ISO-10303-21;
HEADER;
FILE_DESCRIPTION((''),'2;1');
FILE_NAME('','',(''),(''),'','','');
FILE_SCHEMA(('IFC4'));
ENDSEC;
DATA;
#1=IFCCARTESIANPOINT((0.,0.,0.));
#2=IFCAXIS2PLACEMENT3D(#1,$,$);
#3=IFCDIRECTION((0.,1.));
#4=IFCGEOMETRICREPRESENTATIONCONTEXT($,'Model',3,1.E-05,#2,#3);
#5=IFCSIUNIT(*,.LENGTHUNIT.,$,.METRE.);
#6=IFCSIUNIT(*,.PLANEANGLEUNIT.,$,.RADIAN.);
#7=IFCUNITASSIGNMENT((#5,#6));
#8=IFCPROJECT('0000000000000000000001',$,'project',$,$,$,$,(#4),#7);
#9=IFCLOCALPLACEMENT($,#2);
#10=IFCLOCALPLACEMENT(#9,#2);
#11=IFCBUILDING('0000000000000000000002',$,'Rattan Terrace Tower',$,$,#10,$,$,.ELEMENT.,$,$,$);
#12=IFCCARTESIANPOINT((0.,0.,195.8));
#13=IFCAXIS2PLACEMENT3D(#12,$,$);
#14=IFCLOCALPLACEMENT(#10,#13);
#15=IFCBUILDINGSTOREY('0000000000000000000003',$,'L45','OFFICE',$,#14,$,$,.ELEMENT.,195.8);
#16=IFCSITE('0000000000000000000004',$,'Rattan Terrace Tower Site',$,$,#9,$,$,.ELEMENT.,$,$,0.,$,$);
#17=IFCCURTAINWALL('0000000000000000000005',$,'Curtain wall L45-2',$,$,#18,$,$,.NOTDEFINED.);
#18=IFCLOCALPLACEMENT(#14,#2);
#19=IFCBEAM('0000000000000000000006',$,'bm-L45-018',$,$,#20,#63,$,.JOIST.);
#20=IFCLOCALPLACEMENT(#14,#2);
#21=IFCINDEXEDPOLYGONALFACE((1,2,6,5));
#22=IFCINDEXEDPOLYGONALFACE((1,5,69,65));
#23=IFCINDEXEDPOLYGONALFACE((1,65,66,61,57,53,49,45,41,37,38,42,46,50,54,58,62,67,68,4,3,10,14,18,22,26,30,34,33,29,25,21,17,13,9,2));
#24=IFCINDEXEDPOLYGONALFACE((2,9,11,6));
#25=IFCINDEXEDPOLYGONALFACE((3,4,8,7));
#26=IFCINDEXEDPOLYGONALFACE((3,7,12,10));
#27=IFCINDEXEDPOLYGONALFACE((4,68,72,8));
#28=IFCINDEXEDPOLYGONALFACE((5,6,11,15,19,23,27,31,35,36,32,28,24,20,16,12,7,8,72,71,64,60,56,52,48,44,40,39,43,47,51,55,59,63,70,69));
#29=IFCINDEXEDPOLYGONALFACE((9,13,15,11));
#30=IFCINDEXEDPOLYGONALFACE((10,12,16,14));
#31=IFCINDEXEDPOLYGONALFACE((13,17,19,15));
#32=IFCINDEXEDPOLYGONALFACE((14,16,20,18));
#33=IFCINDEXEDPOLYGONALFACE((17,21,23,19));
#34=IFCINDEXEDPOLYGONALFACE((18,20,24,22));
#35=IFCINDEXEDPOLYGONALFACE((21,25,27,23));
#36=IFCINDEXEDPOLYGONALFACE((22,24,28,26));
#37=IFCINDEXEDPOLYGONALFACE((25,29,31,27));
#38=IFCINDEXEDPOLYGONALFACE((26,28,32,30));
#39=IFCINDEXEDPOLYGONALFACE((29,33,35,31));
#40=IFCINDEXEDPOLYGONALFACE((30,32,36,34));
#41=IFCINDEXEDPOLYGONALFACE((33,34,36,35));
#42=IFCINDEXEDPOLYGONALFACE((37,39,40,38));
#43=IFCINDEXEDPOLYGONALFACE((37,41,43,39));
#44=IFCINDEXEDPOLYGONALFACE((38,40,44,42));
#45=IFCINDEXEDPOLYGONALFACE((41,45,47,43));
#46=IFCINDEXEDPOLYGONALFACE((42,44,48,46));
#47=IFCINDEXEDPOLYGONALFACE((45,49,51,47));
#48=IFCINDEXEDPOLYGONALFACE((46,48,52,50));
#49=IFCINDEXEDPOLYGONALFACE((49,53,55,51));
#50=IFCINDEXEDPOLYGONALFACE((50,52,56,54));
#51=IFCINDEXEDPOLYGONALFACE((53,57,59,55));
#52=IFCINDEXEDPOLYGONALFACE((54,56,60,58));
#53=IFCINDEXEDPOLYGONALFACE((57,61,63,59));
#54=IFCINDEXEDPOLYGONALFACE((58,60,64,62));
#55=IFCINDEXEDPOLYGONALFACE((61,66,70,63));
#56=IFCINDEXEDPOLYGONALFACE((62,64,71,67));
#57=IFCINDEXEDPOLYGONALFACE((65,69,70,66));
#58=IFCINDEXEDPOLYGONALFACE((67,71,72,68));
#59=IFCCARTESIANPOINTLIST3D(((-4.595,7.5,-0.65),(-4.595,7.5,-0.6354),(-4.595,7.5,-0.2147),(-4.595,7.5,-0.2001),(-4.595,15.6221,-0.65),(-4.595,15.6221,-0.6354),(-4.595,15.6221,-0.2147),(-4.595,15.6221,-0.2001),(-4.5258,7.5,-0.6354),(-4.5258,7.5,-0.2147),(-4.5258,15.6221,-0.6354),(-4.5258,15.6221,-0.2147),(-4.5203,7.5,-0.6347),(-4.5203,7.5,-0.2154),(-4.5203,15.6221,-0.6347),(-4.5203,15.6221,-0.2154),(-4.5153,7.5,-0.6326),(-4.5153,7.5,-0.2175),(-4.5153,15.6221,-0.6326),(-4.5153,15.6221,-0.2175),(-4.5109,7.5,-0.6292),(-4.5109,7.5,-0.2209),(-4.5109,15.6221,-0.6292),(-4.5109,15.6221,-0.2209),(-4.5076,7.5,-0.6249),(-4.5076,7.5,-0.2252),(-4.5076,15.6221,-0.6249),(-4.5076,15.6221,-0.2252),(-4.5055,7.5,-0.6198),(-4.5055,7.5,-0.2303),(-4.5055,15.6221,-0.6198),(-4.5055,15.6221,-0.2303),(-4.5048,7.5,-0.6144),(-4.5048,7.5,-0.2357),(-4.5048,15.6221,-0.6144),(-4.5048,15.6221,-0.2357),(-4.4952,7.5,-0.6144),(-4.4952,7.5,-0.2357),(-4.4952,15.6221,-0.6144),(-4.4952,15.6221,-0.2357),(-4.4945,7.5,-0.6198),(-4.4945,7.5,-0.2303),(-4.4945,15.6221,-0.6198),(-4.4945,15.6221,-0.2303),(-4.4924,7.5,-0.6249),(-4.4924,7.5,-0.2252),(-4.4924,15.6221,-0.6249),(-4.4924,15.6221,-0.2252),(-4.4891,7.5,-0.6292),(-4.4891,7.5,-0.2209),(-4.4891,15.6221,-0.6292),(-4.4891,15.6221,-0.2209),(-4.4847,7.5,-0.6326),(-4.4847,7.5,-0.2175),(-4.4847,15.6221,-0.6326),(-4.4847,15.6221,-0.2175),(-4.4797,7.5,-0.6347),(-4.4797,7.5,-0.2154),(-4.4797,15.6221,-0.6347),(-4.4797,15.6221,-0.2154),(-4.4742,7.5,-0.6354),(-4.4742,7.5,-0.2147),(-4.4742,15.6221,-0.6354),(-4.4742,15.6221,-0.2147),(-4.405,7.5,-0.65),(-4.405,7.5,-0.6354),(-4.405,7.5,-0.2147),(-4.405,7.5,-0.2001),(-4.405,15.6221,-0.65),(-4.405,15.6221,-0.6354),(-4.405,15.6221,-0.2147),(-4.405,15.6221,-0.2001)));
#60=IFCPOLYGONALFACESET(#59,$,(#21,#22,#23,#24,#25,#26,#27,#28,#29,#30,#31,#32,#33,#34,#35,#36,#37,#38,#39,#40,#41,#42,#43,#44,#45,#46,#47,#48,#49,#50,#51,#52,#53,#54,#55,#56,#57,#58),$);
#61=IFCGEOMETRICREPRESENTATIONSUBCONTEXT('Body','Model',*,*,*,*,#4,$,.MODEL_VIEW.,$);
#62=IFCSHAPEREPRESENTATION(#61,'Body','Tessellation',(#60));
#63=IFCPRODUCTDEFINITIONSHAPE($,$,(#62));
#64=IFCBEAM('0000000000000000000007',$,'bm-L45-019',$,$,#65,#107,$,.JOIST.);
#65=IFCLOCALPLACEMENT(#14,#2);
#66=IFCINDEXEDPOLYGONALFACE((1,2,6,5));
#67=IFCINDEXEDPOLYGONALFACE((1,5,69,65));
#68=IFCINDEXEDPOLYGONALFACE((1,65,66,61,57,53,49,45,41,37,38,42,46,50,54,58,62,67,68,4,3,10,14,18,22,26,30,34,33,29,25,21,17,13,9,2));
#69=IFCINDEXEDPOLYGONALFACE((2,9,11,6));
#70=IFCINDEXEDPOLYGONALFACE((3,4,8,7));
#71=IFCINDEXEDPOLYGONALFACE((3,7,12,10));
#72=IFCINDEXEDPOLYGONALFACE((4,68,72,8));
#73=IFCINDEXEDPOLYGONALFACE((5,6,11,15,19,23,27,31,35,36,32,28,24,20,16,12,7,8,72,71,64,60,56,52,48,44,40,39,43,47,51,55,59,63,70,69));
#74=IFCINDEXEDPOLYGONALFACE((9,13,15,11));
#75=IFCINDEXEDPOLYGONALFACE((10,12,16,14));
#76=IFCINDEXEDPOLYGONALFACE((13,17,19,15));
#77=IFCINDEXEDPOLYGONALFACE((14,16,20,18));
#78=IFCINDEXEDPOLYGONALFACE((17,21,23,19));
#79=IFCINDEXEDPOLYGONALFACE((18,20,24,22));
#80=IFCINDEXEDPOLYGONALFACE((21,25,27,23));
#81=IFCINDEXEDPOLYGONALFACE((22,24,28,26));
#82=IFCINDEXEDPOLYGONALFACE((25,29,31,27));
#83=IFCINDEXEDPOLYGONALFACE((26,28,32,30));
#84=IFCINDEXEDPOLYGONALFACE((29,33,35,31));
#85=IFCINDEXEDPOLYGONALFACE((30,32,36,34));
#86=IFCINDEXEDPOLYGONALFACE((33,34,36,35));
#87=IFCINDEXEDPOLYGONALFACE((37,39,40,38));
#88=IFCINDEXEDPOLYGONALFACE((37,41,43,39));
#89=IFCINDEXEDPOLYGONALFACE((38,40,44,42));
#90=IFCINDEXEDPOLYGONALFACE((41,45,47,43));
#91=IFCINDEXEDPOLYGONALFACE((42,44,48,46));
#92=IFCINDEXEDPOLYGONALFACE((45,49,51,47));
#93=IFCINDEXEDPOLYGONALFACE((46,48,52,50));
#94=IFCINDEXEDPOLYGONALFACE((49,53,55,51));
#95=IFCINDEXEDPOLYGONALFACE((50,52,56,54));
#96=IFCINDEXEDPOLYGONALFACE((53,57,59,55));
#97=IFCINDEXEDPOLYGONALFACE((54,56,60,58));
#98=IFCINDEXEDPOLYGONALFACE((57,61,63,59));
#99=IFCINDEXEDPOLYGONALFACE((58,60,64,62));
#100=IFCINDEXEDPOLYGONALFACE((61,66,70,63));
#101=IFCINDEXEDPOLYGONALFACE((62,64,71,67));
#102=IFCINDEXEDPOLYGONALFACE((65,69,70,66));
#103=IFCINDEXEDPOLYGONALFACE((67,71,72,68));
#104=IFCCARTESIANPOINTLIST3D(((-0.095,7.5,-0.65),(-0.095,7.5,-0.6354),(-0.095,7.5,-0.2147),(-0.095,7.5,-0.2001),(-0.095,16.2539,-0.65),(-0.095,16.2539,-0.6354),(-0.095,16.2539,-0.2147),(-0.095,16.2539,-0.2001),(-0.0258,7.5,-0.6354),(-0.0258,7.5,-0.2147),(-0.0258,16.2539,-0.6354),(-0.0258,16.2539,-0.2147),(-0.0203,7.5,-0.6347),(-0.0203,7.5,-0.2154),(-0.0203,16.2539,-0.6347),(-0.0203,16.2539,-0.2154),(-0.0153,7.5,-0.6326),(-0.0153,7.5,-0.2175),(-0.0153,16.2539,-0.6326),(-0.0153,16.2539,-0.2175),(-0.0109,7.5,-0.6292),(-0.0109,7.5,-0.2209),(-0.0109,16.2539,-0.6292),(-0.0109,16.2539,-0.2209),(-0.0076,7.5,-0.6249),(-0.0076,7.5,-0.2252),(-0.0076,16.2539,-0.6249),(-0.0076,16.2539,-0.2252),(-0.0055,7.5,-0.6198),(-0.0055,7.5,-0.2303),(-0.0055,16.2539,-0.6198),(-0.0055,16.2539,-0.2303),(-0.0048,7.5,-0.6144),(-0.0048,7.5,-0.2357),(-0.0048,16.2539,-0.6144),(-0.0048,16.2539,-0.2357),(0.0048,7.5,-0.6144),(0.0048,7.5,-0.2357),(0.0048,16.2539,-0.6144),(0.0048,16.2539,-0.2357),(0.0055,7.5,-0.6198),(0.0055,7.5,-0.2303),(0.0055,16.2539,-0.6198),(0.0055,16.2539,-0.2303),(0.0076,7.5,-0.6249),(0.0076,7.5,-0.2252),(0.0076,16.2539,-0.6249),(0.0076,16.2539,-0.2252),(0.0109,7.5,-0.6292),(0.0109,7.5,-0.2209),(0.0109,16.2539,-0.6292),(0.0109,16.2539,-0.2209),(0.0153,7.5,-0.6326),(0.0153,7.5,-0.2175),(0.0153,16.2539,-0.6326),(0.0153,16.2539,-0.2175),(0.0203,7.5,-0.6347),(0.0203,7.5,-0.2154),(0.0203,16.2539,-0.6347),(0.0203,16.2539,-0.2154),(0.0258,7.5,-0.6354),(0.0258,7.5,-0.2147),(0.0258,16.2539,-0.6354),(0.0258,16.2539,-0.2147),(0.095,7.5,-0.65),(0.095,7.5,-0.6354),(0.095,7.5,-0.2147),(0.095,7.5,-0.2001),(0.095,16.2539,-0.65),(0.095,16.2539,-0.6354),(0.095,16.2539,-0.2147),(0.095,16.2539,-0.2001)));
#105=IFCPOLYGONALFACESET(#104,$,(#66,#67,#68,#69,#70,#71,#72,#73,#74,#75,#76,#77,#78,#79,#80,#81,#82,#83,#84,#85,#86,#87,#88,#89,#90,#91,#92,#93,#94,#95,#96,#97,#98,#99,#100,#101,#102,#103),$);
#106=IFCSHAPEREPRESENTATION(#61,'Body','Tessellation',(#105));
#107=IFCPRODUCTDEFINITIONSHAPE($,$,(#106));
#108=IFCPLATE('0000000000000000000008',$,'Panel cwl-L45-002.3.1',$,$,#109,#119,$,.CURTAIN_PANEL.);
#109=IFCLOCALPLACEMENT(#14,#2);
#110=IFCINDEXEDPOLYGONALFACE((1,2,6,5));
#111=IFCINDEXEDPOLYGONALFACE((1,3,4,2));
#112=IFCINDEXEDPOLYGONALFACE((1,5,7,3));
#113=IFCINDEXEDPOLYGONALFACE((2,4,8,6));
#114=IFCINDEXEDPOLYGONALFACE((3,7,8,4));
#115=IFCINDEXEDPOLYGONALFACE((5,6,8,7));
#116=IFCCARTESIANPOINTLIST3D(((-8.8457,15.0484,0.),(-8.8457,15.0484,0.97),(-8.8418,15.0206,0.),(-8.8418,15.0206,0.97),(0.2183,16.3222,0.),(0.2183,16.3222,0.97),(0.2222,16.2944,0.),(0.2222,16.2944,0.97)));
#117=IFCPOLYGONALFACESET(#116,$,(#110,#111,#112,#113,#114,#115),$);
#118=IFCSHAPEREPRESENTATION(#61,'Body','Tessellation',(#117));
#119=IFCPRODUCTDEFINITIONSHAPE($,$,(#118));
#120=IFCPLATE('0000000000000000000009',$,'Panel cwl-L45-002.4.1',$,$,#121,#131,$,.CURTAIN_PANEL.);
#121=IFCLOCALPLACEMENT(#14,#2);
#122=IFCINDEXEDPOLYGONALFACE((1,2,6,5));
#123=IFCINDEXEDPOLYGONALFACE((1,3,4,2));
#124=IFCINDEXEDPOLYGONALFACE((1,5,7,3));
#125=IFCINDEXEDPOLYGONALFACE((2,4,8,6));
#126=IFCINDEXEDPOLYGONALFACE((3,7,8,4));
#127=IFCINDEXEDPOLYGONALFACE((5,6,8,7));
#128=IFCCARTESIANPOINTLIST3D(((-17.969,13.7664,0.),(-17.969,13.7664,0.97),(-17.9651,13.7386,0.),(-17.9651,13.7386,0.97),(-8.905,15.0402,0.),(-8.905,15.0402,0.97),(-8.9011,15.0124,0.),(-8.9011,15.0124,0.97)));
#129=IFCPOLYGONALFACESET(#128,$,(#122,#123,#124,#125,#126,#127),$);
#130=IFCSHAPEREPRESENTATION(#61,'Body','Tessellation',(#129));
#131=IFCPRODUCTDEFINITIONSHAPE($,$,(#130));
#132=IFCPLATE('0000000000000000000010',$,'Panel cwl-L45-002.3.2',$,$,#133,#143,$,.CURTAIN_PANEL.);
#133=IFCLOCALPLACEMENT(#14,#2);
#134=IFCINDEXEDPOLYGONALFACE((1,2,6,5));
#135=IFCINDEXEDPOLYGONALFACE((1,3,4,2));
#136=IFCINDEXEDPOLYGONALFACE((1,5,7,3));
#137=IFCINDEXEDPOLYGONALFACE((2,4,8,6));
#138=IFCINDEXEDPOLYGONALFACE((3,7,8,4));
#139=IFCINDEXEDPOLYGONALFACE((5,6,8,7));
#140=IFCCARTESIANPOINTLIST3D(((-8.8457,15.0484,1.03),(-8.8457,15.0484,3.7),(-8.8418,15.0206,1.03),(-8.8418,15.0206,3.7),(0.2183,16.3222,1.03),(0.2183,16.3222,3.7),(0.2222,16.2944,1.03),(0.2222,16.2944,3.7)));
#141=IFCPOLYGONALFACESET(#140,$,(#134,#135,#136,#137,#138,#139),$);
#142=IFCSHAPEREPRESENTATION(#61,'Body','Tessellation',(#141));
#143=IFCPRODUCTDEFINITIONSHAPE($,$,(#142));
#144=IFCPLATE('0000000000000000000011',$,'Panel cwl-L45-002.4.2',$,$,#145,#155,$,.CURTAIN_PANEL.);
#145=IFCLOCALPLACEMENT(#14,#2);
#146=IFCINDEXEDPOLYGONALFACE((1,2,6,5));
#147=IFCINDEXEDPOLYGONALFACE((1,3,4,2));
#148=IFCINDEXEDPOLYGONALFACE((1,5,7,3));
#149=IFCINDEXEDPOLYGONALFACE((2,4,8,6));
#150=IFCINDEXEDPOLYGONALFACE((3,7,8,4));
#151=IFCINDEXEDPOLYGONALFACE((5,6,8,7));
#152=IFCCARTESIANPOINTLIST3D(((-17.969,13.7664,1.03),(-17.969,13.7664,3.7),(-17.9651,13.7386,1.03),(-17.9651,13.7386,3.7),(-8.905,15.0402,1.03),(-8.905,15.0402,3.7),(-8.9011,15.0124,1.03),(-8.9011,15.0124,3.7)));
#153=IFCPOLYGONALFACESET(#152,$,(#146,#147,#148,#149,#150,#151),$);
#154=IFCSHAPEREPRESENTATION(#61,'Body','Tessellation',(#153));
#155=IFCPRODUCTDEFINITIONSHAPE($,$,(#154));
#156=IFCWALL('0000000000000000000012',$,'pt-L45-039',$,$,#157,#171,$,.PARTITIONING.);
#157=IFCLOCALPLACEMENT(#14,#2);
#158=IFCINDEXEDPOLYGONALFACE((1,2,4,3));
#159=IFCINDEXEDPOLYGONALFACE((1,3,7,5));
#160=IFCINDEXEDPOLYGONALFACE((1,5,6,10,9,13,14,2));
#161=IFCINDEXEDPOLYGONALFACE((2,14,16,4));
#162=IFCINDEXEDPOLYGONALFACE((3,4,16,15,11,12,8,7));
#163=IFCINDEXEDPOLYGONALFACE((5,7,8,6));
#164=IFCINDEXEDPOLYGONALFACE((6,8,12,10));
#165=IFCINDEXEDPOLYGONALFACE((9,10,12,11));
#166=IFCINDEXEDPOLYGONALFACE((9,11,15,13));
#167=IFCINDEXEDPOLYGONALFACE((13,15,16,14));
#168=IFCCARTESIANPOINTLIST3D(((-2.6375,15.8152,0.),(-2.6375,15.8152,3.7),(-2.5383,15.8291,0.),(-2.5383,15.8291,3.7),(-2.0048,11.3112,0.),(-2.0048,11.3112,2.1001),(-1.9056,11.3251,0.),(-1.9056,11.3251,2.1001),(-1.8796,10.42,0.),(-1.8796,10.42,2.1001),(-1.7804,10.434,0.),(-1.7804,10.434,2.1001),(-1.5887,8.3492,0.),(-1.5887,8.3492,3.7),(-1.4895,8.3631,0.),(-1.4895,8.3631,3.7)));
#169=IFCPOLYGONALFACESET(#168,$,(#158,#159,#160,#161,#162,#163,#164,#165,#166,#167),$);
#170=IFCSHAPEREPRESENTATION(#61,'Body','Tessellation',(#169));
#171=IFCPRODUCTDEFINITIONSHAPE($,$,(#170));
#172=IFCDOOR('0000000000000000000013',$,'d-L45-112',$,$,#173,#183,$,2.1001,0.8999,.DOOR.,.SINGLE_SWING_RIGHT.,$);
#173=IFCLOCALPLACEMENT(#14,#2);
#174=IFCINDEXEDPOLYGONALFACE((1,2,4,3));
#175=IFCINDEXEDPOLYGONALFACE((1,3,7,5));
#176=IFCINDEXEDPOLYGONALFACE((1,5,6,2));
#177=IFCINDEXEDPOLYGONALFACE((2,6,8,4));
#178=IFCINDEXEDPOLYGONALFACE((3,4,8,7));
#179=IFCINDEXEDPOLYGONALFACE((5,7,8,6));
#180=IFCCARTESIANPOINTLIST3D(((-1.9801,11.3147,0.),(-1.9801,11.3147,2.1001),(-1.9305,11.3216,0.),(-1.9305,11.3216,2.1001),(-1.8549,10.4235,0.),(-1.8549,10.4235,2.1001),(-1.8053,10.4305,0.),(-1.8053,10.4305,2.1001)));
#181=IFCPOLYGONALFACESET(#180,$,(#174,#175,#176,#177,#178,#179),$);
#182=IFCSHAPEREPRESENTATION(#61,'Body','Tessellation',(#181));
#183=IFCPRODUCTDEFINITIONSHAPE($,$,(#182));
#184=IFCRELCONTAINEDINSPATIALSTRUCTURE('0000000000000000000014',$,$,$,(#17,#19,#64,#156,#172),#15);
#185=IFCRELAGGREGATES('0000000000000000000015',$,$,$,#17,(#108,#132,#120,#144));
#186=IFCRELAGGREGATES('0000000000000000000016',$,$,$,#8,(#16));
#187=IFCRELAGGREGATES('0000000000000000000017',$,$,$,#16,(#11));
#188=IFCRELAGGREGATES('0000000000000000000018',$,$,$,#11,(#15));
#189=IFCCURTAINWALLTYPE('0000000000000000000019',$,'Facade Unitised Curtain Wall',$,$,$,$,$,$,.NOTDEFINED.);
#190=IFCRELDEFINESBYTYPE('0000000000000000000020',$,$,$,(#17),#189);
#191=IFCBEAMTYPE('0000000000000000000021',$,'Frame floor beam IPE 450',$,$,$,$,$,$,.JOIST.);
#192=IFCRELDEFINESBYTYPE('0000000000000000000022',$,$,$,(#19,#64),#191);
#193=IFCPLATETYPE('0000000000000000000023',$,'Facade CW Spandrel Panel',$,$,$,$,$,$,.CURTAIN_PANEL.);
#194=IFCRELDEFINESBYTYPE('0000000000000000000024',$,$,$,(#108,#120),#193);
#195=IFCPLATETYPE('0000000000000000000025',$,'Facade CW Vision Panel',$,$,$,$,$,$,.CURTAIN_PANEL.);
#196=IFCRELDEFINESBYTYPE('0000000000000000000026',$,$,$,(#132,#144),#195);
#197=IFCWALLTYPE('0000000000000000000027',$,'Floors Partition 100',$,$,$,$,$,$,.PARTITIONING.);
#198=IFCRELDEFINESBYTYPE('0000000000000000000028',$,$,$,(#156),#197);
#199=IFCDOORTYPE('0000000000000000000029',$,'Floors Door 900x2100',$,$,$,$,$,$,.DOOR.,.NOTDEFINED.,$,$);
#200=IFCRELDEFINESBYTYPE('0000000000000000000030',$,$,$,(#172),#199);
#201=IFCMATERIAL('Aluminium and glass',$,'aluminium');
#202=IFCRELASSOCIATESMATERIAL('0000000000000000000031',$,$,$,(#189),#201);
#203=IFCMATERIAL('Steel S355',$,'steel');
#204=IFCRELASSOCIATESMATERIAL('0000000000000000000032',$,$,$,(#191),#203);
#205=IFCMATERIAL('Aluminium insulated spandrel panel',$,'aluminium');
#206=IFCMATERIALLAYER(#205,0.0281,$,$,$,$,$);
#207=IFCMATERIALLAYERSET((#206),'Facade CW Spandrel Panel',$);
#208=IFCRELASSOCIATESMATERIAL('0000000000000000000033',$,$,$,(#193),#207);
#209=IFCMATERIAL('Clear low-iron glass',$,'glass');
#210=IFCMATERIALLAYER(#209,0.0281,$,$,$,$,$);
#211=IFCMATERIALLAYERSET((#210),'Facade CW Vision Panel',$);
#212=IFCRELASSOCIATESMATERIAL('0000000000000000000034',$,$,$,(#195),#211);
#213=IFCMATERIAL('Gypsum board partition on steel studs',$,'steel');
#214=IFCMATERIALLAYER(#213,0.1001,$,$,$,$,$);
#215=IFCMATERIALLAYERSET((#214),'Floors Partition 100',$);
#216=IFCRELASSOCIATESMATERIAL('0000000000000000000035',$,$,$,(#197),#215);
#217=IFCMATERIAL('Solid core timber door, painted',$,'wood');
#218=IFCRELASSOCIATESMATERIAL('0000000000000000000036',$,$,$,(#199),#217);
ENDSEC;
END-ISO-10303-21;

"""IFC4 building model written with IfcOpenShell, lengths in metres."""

from ifc_helpers import new_model, si_unit, direction, frame, frame_2d, origin, origin_2d, place, context, subcontext, project, spatial, rectangle, i_section, extrude, material, layer, layer_set, material_profile, profile_set, type_object, element, fill, aggregate, save


model = new_model("IFC4")

# Units and contexts
model_context = context("Model", 3, precision=1e-05, world=origin(), true_north=direction((0.0, 1.0)))
body_context = subcontext(model_context, "Body", "Model", "MODEL_VIEW")
ifc_project = project(units=[si_unit("LENGTHUNIT", "METRE"), si_unit("PLANEANGLEUNIT", "RADIAN")], contexts=[model_context])

# Site, building, storey
site_placement = place(None, origin())
site = spatial("IfcSite", under=ifc_project, at=site_placement, Name="Rattan Terrace Tower Site", CompositionType="ELEMENT", RefElevation=0.0)
building_placement = place(site_placement, origin())
building = spatial("IfcBuilding", under=site, at=building_placement, Name="Rattan Terrace Tower", CompositionType="ELEMENT")
storey_placement = place(building_placement, frame((0.0, 0.0, 195.8)))
storey = spatial("IfcBuildingStorey", under=building, at=storey_placement, Name="L45", Description="OFFICE", CompositionType="ELEMENT", Elevation=195.8)

# Curtain wall
ifc_material_1 = material(Name="Aluminium and glass", Category="aluminium")
curtain_wall_type = type_object("IfcCurtainWallType", Name="Facade Unitised Curtain Wall", PredefinedType="NOTDEFINED", material=ifc_material_1)
curtain_wall_placement = place(storey_placement, origin())
curtain_wall = element("IfcCurtainWall", 1, at=curtain_wall_placement, inside=storey, type_object=curtain_wall_type, Name="Curtain wall L45-2", PredefinedType="NOTDEFINED")

# Beams
ifc_material_2 = material(Name="Steel S355", Category="steel")
ifc_material_profile_1 = material_profile(ifc_material_2, i_section(OverallWidth=0.1899, OverallDepth=0.45, WebThickness=0.0095, FlangeThickness=0.0146, FilletRadius=0.021, at=origin_2d()), Name="IPE 450")
ifc_profile_set_1 = profile_set([ifc_material_profile_1], Name="Steel S355")
beam_type_1 = type_object("IfcBeamType", Name="Frame floor beam IPE 450", PredefinedType="JOIST", material=ifc_profile_set_1)
beam_1_placement = place(storey_placement, frame((-4.5, 7.5, -0.425), z_axis=(0.0, 1.0, 0.0), x_axis=(-1.0, 0.0, 0.0)))
element("IfcBeam", 2, at=beam_1_placement, inside=storey, type_object=beam_type_1, Name="bm-L45-018", PredefinedType="JOIST", context=body_context, shape_type="SweptSolid", body=[
    extrude(i_section(OverallWidth=0.1899, OverallDepth=0.45, WebThickness=0.0095, FlangeThickness=0.0146, FilletRadius=0.021, at=origin_2d()), origin(), (0.0, 0.0, 1.0), 8.1221),
])
beam_2_placement = place(storey_placement, frame((0.0, 7.5, -0.425), z_axis=(0.0, 1.0, 0.0), x_axis=(-1.0, 0.0, 0.0)))
element("IfcBeam", 3, at=beam_2_placement, inside=storey, type_object=beam_type_1, Name="bm-L45-019", PredefinedType="JOIST", context=body_context, shape_type="SweptSolid", body=[
    extrude(i_section(OverallWidth=0.1899, OverallDepth=0.45, WebThickness=0.0095, FlangeThickness=0.0146, FilletRadius=0.021, at=origin_2d()), origin(), (0.0, 0.0, 1.0), 8.7539),
])

# Plates
ifc_material_3 = material(Name="Aluminium insulated spandrel panel", Category="aluminium")
ifc_layer_1 = layer(ifc_material_3, 0.0281)
ifc_layer_set_1 = layer_set([ifc_layer_1], Name="Facade CW Spandrel Panel")
plate_type_1 = type_object("IfcPlateType", Name="Facade CW Spandrel Panel", PredefinedType="CURTAIN_PANEL", material=ifc_layer_set_1)
plate_1_placement = place(storey_placement, frame((-4.3118, 15.6714, 0.0), z_axis=(0.0, 0.0, 1.0), x_axis=(-0.99027, -0.139161, 0.0)))
plate_1 = element("IfcPlate", 4, at=plate_1_placement, type_object=plate_type_1, Name="Panel cwl-L45-002.3.1", PredefinedType="CURTAIN_PANEL", context=body_context, shape_type="SweptSolid", body=[
    extrude(rectangle(XDim=9.1531, YDim=0.0281, at=origin_2d()), origin(), (0.0, 0.0, 1.0), 0.97),
])
plate_2_placement = place(storey_placement, frame((-13.4351, 14.3894, 0.0), z_axis=(0.0, 0.0, 1.0), x_axis=(-0.99027, -0.139161, 0.0)))
plate_2 = element("IfcPlate", 5, at=plate_2_placement, type_object=plate_type_1, Name="Panel cwl-L45-002.4.1", PredefinedType="CURTAIN_PANEL", context=body_context, shape_type="SweptSolid", body=[
    extrude(rectangle(XDim=9.1531, YDim=0.0281, at=origin_2d()), origin(), (0.0, 0.0, 1.0), 0.97),
])
ifc_material_4 = material(Name="Clear low-iron glass", Category="glass")
ifc_layer_2 = layer(ifc_material_4, 0.0281)
ifc_layer_set_2 = layer_set([ifc_layer_2], Name="Facade CW Vision Panel")
plate_type_2 = type_object("IfcPlateType", Name="Facade CW Vision Panel", PredefinedType="CURTAIN_PANEL", material=ifc_layer_set_2)
plate_3_placement = place(storey_placement, frame((-4.3118, 15.6714, 1.03), z_axis=(0.0, 0.0, 1.0), x_axis=(-0.99027, -0.139161, 0.0)))
plate_3 = element("IfcPlate", 6, at=plate_3_placement, type_object=plate_type_2, Name="Panel cwl-L45-002.3.2", PredefinedType="CURTAIN_PANEL", context=body_context, shape_type="SweptSolid", body=[
    extrude(rectangle(XDim=9.1531, YDim=0.0281, at=origin_2d()), origin(), (0.0, 0.0, 1.0), 2.6699),
])
plate_4_placement = place(storey_placement, frame((-13.4351, 14.3894, 1.03), z_axis=(0.0, 0.0, 1.0), x_axis=(-0.99027, -0.139161, 0.0)))
plate_4 = element("IfcPlate", 7, at=plate_4_placement, type_object=plate_type_2, Name="Panel cwl-L45-002.4.2", PredefinedType="CURTAIN_PANEL", context=body_context, shape_type="SweptSolid", body=[
    extrude(rectangle(XDim=9.1531, YDim=0.0281, at=origin_2d()), origin(), (0.0, 0.0, 1.0), 2.6699),
])
aggregate(curtain_wall, [plate_1, plate_3, plate_2, plate_4])

# Wall, opening, door
ifc_material_5 = material(Name="Gypsum board partition on steel studs", Category="steel")
ifc_layer_3 = layer(ifc_material_5, 0.1001)
ifc_layer_set_3 = layer_set([ifc_layer_3], Name="Floors Partition 100")
wall_type_1 = type_object("IfcWallType", Name="Floors Partition 100", PredefinedType="PARTITIONING", material=ifc_layer_set_3)
wall_1_placement = place(storey_placement, frame((-2.5879, 15.822, 0.0), z_axis=(0.0, 0.0, 1.0), x_axis=(0.139113, -0.990276, 0.0)))
wall_1 = element("IfcWall", 8, at=wall_1_placement, inside=storey, type_object=wall_type_1, Name="pt-L45-039", PredefinedType="PARTITIONING", context=body_context, shape_type="SweptSolid", body=[
    extrude(rectangle(XDim=7.5393, YDim=0.1001, at=frame_2d((3.7695, 0.0))), origin(), (0.0, 0.0, 1.0), 3.7),
])
opening_placement = place(wall_1_placement, frame((4.5481, 0.0, 0.0)))
opening = element("IfcOpeningElement", 9, at=opening_placement, cuts=wall_1, PredefinedType="OPENING", context=body_context, shape_type="SweptSolid", body=[
    extrude(rectangle(XDim=0.8999, YDim=2.1001, at=frame_2d((0.45, 1.05))), frame((0.0, 0.0605, 0.0), z_axis=(0.0, -1.0, 0.0), x_axis=(1.0, 0.0, 0.0)), (0.0, 0.0, 1.0), 0.1211),
])
ifc_material_6 = material(Name="Solid core timber door, painted", Category="wood")
door_type = type_object("IfcDoorType", Name="Floors Door 900x2100", OperationType="NOTDEFINED", PredefinedType="DOOR", material=ifc_material_6)
door_placement = place(opening_placement, origin())
door = element("IfcDoor", 10, at=door_placement, inside=storey, type_object=door_type, Name="d-L45-112", OperationType="SINGLE_SWING_RIGHT", OverallHeight=2.1001, OverallWidth=0.8999, PredefinedType="DOOR", context=body_context, shape_type="SweptSolid", body=[
    extrude(rectangle(XDim=0.8999, YDim=2.1001, at=frame_2d((0.45, 1.05))), frame((0.0, 0.0249, 0.0), z_axis=(0.0, -1.0, 0.0), x_axis=(1.0, 0.0, 0.0)), (0.0, 0.0, 1.0), 0.05),
])
fill(opening, door)

save(model, "model.ifc")
